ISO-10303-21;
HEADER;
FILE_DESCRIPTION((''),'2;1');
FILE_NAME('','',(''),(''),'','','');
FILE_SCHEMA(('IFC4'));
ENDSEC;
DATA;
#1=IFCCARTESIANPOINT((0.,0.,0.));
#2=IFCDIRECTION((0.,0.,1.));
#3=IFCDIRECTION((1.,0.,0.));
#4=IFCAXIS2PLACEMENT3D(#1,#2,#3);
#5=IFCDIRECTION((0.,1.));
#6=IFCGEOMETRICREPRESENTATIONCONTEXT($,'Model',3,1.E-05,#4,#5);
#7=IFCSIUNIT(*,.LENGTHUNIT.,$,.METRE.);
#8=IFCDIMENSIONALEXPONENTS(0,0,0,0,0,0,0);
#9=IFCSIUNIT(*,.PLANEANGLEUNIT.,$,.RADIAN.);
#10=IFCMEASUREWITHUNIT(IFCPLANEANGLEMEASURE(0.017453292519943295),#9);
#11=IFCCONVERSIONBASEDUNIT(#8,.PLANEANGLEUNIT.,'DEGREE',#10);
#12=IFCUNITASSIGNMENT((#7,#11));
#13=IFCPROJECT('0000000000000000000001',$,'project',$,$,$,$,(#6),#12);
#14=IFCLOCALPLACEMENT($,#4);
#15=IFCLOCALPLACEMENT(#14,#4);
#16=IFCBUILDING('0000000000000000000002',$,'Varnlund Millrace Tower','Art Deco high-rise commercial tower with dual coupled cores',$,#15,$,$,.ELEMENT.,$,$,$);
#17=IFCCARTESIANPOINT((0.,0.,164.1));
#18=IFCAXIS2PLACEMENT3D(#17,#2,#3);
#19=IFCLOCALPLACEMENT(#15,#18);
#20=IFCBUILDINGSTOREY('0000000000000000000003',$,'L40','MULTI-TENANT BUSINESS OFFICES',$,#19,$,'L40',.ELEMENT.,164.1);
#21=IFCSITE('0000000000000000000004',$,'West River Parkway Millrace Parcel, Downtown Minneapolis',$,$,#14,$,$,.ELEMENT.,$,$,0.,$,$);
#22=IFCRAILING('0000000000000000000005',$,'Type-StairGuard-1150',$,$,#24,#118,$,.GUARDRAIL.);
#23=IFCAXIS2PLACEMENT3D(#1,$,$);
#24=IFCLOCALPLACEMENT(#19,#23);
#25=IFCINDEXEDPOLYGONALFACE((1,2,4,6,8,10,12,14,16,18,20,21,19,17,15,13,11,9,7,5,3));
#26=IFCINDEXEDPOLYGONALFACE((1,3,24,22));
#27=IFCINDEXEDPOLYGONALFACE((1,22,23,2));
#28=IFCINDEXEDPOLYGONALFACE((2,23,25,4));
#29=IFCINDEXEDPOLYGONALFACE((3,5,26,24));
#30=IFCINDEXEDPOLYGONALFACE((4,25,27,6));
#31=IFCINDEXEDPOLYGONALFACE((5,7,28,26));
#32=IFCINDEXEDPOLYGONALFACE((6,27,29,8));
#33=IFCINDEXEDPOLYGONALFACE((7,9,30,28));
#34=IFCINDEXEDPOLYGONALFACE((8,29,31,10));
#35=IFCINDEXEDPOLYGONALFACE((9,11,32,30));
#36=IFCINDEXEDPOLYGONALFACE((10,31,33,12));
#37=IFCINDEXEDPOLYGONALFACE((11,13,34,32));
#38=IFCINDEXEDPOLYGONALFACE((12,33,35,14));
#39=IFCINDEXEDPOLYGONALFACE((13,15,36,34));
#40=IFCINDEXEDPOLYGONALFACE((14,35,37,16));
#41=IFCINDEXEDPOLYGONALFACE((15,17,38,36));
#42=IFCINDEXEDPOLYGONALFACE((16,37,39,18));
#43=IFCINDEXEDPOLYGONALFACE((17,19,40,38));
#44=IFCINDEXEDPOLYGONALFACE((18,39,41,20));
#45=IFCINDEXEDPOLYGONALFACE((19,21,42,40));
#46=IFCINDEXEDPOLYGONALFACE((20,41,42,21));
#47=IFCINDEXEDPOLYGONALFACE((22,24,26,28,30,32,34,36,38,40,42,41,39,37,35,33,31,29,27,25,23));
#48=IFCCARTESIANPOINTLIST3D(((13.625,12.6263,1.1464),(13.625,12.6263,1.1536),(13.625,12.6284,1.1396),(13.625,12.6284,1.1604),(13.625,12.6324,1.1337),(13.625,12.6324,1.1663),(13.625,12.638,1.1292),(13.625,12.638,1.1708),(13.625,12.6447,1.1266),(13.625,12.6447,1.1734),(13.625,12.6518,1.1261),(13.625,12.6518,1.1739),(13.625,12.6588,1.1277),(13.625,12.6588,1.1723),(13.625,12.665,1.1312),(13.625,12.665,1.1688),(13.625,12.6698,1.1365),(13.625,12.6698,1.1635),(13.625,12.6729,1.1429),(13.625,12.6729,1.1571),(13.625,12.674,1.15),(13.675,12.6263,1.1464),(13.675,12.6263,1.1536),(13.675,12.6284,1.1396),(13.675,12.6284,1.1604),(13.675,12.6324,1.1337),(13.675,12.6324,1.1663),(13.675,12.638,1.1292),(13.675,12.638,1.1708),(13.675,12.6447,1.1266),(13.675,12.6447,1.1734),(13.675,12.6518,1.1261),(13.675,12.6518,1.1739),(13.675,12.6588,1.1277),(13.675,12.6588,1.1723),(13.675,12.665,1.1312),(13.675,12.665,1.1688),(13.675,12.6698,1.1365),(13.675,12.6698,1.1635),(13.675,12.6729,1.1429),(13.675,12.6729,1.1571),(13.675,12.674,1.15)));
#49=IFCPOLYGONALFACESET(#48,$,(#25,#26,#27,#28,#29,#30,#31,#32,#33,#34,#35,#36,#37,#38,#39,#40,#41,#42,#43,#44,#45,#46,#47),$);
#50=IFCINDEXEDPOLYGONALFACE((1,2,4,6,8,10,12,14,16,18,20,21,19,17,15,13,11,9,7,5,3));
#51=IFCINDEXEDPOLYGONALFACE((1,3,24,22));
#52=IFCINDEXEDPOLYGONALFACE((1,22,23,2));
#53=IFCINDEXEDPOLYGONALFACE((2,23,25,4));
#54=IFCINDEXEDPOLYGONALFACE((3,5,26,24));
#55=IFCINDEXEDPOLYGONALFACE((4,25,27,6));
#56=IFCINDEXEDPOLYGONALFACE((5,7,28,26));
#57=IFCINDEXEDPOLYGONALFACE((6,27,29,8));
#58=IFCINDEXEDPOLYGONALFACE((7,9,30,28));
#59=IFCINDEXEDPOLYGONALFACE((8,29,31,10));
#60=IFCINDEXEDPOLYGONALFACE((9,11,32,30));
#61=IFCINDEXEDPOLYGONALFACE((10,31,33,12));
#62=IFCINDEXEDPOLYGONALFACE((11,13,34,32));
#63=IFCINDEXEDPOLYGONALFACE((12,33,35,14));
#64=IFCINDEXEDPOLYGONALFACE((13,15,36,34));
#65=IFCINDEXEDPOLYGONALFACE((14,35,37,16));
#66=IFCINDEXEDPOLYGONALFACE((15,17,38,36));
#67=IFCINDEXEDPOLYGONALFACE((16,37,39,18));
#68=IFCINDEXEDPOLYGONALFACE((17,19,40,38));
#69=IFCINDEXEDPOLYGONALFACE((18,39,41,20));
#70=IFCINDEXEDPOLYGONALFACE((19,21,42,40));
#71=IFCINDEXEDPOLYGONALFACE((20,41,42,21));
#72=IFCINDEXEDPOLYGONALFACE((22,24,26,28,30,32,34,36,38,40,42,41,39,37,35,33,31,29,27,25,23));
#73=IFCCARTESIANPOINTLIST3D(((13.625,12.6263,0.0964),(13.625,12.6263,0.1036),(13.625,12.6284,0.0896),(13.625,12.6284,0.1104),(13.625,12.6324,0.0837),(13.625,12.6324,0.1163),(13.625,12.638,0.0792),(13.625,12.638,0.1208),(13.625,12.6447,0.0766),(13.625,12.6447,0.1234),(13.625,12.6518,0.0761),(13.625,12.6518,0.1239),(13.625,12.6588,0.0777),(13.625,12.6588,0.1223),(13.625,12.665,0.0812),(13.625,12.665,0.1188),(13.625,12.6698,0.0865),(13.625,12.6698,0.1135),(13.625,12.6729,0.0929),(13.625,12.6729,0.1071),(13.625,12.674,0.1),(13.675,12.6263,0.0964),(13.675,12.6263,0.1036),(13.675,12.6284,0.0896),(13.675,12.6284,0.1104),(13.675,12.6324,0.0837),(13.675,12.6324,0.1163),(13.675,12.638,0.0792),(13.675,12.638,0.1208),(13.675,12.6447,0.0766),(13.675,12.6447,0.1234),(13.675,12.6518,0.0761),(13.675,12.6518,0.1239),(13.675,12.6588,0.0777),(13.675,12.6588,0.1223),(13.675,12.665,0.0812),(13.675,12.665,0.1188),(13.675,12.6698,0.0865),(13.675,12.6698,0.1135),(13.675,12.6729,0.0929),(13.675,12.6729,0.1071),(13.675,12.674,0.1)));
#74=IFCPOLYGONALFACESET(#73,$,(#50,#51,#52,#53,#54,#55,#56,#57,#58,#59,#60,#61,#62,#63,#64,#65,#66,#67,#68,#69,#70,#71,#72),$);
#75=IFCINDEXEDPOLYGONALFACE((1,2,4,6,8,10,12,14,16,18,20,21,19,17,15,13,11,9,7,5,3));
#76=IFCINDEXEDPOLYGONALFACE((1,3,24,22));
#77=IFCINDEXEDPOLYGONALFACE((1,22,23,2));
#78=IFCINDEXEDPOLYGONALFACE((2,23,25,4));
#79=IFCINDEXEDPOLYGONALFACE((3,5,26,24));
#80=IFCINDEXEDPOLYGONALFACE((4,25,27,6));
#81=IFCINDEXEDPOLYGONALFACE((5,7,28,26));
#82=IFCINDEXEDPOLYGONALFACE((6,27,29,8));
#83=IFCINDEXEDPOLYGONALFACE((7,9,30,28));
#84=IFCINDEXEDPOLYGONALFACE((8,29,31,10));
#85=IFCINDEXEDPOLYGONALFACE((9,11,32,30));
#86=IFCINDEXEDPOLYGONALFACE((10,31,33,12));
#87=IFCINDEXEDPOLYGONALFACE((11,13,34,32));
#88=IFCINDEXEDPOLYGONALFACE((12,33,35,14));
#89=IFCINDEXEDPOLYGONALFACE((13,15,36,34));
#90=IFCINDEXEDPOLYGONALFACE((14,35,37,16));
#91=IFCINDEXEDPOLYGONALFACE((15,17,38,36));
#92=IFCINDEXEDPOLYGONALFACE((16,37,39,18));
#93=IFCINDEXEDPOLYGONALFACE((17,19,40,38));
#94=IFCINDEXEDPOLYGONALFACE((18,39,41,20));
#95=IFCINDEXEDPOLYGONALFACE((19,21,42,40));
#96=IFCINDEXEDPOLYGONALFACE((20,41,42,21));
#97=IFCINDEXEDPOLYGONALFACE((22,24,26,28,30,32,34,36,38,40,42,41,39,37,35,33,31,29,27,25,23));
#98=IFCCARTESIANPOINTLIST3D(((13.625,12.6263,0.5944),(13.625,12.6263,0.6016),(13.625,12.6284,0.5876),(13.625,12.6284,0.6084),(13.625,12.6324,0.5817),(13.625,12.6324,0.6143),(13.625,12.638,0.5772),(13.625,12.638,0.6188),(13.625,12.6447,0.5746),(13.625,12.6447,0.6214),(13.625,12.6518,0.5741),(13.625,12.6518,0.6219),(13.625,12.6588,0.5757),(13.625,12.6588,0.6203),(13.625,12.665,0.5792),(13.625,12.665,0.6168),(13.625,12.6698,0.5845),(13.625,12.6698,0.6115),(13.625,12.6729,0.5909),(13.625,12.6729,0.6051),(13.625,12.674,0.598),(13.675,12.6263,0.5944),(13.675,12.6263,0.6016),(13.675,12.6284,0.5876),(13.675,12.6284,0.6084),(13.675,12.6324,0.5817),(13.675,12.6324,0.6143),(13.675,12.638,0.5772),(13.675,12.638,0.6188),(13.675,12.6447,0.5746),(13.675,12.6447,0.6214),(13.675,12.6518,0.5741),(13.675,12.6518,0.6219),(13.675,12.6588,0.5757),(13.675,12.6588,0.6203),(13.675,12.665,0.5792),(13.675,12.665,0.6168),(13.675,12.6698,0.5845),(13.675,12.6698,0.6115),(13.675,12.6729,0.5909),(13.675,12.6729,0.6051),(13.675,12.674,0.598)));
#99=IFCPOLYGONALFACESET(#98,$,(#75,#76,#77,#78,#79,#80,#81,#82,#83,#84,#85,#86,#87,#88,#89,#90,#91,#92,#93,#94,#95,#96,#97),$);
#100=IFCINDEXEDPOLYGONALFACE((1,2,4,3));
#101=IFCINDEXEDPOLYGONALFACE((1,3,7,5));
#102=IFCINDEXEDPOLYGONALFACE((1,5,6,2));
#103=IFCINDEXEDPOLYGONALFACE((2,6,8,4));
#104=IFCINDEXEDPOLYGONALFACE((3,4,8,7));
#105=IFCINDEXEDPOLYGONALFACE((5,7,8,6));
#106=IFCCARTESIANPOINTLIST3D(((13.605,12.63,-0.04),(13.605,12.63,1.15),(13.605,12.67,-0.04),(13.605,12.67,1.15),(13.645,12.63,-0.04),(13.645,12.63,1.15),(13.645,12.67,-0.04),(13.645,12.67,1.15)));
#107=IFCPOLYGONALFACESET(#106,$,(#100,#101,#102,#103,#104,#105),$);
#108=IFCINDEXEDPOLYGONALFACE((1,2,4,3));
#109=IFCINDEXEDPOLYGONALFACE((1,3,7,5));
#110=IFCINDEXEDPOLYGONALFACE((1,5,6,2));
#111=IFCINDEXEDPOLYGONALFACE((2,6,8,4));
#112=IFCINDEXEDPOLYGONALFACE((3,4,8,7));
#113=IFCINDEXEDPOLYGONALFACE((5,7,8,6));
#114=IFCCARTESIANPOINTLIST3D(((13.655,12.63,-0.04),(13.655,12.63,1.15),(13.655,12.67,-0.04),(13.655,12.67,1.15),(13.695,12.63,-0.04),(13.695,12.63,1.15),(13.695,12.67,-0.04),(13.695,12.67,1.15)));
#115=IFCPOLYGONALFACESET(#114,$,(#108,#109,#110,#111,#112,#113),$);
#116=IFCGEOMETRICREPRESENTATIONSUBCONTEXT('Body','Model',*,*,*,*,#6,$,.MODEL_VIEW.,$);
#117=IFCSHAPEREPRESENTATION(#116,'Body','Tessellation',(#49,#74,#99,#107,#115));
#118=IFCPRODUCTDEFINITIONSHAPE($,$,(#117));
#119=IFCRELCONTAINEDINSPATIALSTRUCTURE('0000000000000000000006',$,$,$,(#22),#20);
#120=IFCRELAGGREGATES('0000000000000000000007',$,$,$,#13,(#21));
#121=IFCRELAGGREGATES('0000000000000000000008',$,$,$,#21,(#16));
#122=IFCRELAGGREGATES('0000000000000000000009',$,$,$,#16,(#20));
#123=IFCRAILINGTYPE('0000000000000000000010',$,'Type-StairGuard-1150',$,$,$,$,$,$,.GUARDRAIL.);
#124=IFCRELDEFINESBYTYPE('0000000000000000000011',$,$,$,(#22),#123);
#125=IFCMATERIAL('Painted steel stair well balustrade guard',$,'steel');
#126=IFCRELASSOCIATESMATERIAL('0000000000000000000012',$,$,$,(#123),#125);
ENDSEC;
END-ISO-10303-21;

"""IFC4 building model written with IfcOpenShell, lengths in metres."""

from ifc_helpers import new_model, entity, si_unit, converted_unit, direction, frame, origin_with_axes, origin_2d_with_axis, place, context, subcontext, project, spatial, rectangle, circle, extrude, material, type_object, element, save


model = new_model("IFC4")

# Units and contexts
model_context = context("Model", 3, precision=1e-05, world=origin_with_axes(), true_north=direction((0.0, 1.0)))
body_context = subcontext(model_context, "Body", "Model", "MODEL_VIEW")
ifc_project = project(units=[si_unit("LENGTHUNIT", "METRE"), converted_unit("PLANEANGLEUNIT", "DEGREE", entity("IfcPlaneAngleMeasure", 0.017453292519943295), si_unit("PLANEANGLEUNIT", "RADIAN"), dimensions=[0, 0, 0, 0, 0, 0, 0])], contexts=[model_context])

# Site, building, storey
site_placement = place(None, origin_with_axes())
site = spatial("IfcSite", under=ifc_project, at=site_placement, Name="West River Parkway Millrace Parcel, Downtown Minneapolis", CompositionType="ELEMENT", RefElevation=0.0)
building_placement = place(site_placement, origin_with_axes())
building = spatial("IfcBuilding", under=site, at=building_placement, Name="Varnlund Millrace Tower", Description="Art Deco high-rise commercial tower with dual coupled cores", CompositionType="ELEMENT")
storey_placement = place(building_placement, frame((0.0, 0.0, 164.1), z_axis=(0.0, 0.0, 1.0), x_axis=(1.0, 0.0, 0.0)))
storey = spatial("IfcBuildingStorey", under=building, at=storey_placement, Name="L40", Description="MULTI-TENANT BUSINESS OFFICES", LongName="L40", CompositionType="ELEMENT", Elevation=164.1)

# Railing
ifc_material_1 = material(Name="Painted steel stair well balustrade guard", Category="steel")
railing_type_1 = type_object("IfcRailingType", Name="Type-StairGuard-1150", PredefinedType="GUARDRAIL", material=ifc_material_1)
railing_1_placement = place(storey_placement, frame((0.0, 0.0, -164.1), z_axis=(0.0, 0.0, 1.0), x_axis=(1.0, 0.0, 0.0)))
element("IfcRailing", 1, at=railing_1_placement, inside=storey, type_object=railing_type_1, Name="Type-StairGuard-1150", PredefinedType="GUARDRAIL", context=body_context, shape_type="SweptSolid", body=[
    extrude(circle(Radius=0.024, at=origin_2d_with_axis()), frame((13.625, 12.65, 165.25), z_axis=(1.0, 0.0, 0.0), x_axis=(0.0, 1.0, 0.0)), (0.0, 0.0, 1.0), 0.05),
    extrude(circle(Radius=0.024, at=origin_2d_with_axis()), frame((13.625, 12.65, 164.2), z_axis=(1.0, 0.0, 0.0), x_axis=(0.0, 1.0, 0.0)), (0.0, 0.0, 1.0), 0.05),
    extrude(circle(Radius=0.024, at=origin_2d_with_axis()), frame((13.625, 12.65, 164.698), z_axis=(1.0, 0.0, 0.0), x_axis=(0.0, 1.0, 0.0)), (0.0, 0.0, 1.0), 0.05),
    extrude(rectangle(XDim=0.04, YDim=0.04, at=origin_2d_with_axis()), frame((13.625, 12.65, 164.06), z_axis=(0.0, 0.0, 1.0), x_axis=(1.0, 0.0, 0.0)), (0.0, 0.0, 1.0), 1.19),
    extrude(rectangle(XDim=0.04, YDim=0.04, at=origin_2d_with_axis()), frame((13.675, 12.65, 164.06), z_axis=(0.0, 0.0, 1.0), x_axis=(1.0, 0.0, 0.0)), (0.0, 0.0, 1.0), 1.19),
])

save(model, "model.ifc")
